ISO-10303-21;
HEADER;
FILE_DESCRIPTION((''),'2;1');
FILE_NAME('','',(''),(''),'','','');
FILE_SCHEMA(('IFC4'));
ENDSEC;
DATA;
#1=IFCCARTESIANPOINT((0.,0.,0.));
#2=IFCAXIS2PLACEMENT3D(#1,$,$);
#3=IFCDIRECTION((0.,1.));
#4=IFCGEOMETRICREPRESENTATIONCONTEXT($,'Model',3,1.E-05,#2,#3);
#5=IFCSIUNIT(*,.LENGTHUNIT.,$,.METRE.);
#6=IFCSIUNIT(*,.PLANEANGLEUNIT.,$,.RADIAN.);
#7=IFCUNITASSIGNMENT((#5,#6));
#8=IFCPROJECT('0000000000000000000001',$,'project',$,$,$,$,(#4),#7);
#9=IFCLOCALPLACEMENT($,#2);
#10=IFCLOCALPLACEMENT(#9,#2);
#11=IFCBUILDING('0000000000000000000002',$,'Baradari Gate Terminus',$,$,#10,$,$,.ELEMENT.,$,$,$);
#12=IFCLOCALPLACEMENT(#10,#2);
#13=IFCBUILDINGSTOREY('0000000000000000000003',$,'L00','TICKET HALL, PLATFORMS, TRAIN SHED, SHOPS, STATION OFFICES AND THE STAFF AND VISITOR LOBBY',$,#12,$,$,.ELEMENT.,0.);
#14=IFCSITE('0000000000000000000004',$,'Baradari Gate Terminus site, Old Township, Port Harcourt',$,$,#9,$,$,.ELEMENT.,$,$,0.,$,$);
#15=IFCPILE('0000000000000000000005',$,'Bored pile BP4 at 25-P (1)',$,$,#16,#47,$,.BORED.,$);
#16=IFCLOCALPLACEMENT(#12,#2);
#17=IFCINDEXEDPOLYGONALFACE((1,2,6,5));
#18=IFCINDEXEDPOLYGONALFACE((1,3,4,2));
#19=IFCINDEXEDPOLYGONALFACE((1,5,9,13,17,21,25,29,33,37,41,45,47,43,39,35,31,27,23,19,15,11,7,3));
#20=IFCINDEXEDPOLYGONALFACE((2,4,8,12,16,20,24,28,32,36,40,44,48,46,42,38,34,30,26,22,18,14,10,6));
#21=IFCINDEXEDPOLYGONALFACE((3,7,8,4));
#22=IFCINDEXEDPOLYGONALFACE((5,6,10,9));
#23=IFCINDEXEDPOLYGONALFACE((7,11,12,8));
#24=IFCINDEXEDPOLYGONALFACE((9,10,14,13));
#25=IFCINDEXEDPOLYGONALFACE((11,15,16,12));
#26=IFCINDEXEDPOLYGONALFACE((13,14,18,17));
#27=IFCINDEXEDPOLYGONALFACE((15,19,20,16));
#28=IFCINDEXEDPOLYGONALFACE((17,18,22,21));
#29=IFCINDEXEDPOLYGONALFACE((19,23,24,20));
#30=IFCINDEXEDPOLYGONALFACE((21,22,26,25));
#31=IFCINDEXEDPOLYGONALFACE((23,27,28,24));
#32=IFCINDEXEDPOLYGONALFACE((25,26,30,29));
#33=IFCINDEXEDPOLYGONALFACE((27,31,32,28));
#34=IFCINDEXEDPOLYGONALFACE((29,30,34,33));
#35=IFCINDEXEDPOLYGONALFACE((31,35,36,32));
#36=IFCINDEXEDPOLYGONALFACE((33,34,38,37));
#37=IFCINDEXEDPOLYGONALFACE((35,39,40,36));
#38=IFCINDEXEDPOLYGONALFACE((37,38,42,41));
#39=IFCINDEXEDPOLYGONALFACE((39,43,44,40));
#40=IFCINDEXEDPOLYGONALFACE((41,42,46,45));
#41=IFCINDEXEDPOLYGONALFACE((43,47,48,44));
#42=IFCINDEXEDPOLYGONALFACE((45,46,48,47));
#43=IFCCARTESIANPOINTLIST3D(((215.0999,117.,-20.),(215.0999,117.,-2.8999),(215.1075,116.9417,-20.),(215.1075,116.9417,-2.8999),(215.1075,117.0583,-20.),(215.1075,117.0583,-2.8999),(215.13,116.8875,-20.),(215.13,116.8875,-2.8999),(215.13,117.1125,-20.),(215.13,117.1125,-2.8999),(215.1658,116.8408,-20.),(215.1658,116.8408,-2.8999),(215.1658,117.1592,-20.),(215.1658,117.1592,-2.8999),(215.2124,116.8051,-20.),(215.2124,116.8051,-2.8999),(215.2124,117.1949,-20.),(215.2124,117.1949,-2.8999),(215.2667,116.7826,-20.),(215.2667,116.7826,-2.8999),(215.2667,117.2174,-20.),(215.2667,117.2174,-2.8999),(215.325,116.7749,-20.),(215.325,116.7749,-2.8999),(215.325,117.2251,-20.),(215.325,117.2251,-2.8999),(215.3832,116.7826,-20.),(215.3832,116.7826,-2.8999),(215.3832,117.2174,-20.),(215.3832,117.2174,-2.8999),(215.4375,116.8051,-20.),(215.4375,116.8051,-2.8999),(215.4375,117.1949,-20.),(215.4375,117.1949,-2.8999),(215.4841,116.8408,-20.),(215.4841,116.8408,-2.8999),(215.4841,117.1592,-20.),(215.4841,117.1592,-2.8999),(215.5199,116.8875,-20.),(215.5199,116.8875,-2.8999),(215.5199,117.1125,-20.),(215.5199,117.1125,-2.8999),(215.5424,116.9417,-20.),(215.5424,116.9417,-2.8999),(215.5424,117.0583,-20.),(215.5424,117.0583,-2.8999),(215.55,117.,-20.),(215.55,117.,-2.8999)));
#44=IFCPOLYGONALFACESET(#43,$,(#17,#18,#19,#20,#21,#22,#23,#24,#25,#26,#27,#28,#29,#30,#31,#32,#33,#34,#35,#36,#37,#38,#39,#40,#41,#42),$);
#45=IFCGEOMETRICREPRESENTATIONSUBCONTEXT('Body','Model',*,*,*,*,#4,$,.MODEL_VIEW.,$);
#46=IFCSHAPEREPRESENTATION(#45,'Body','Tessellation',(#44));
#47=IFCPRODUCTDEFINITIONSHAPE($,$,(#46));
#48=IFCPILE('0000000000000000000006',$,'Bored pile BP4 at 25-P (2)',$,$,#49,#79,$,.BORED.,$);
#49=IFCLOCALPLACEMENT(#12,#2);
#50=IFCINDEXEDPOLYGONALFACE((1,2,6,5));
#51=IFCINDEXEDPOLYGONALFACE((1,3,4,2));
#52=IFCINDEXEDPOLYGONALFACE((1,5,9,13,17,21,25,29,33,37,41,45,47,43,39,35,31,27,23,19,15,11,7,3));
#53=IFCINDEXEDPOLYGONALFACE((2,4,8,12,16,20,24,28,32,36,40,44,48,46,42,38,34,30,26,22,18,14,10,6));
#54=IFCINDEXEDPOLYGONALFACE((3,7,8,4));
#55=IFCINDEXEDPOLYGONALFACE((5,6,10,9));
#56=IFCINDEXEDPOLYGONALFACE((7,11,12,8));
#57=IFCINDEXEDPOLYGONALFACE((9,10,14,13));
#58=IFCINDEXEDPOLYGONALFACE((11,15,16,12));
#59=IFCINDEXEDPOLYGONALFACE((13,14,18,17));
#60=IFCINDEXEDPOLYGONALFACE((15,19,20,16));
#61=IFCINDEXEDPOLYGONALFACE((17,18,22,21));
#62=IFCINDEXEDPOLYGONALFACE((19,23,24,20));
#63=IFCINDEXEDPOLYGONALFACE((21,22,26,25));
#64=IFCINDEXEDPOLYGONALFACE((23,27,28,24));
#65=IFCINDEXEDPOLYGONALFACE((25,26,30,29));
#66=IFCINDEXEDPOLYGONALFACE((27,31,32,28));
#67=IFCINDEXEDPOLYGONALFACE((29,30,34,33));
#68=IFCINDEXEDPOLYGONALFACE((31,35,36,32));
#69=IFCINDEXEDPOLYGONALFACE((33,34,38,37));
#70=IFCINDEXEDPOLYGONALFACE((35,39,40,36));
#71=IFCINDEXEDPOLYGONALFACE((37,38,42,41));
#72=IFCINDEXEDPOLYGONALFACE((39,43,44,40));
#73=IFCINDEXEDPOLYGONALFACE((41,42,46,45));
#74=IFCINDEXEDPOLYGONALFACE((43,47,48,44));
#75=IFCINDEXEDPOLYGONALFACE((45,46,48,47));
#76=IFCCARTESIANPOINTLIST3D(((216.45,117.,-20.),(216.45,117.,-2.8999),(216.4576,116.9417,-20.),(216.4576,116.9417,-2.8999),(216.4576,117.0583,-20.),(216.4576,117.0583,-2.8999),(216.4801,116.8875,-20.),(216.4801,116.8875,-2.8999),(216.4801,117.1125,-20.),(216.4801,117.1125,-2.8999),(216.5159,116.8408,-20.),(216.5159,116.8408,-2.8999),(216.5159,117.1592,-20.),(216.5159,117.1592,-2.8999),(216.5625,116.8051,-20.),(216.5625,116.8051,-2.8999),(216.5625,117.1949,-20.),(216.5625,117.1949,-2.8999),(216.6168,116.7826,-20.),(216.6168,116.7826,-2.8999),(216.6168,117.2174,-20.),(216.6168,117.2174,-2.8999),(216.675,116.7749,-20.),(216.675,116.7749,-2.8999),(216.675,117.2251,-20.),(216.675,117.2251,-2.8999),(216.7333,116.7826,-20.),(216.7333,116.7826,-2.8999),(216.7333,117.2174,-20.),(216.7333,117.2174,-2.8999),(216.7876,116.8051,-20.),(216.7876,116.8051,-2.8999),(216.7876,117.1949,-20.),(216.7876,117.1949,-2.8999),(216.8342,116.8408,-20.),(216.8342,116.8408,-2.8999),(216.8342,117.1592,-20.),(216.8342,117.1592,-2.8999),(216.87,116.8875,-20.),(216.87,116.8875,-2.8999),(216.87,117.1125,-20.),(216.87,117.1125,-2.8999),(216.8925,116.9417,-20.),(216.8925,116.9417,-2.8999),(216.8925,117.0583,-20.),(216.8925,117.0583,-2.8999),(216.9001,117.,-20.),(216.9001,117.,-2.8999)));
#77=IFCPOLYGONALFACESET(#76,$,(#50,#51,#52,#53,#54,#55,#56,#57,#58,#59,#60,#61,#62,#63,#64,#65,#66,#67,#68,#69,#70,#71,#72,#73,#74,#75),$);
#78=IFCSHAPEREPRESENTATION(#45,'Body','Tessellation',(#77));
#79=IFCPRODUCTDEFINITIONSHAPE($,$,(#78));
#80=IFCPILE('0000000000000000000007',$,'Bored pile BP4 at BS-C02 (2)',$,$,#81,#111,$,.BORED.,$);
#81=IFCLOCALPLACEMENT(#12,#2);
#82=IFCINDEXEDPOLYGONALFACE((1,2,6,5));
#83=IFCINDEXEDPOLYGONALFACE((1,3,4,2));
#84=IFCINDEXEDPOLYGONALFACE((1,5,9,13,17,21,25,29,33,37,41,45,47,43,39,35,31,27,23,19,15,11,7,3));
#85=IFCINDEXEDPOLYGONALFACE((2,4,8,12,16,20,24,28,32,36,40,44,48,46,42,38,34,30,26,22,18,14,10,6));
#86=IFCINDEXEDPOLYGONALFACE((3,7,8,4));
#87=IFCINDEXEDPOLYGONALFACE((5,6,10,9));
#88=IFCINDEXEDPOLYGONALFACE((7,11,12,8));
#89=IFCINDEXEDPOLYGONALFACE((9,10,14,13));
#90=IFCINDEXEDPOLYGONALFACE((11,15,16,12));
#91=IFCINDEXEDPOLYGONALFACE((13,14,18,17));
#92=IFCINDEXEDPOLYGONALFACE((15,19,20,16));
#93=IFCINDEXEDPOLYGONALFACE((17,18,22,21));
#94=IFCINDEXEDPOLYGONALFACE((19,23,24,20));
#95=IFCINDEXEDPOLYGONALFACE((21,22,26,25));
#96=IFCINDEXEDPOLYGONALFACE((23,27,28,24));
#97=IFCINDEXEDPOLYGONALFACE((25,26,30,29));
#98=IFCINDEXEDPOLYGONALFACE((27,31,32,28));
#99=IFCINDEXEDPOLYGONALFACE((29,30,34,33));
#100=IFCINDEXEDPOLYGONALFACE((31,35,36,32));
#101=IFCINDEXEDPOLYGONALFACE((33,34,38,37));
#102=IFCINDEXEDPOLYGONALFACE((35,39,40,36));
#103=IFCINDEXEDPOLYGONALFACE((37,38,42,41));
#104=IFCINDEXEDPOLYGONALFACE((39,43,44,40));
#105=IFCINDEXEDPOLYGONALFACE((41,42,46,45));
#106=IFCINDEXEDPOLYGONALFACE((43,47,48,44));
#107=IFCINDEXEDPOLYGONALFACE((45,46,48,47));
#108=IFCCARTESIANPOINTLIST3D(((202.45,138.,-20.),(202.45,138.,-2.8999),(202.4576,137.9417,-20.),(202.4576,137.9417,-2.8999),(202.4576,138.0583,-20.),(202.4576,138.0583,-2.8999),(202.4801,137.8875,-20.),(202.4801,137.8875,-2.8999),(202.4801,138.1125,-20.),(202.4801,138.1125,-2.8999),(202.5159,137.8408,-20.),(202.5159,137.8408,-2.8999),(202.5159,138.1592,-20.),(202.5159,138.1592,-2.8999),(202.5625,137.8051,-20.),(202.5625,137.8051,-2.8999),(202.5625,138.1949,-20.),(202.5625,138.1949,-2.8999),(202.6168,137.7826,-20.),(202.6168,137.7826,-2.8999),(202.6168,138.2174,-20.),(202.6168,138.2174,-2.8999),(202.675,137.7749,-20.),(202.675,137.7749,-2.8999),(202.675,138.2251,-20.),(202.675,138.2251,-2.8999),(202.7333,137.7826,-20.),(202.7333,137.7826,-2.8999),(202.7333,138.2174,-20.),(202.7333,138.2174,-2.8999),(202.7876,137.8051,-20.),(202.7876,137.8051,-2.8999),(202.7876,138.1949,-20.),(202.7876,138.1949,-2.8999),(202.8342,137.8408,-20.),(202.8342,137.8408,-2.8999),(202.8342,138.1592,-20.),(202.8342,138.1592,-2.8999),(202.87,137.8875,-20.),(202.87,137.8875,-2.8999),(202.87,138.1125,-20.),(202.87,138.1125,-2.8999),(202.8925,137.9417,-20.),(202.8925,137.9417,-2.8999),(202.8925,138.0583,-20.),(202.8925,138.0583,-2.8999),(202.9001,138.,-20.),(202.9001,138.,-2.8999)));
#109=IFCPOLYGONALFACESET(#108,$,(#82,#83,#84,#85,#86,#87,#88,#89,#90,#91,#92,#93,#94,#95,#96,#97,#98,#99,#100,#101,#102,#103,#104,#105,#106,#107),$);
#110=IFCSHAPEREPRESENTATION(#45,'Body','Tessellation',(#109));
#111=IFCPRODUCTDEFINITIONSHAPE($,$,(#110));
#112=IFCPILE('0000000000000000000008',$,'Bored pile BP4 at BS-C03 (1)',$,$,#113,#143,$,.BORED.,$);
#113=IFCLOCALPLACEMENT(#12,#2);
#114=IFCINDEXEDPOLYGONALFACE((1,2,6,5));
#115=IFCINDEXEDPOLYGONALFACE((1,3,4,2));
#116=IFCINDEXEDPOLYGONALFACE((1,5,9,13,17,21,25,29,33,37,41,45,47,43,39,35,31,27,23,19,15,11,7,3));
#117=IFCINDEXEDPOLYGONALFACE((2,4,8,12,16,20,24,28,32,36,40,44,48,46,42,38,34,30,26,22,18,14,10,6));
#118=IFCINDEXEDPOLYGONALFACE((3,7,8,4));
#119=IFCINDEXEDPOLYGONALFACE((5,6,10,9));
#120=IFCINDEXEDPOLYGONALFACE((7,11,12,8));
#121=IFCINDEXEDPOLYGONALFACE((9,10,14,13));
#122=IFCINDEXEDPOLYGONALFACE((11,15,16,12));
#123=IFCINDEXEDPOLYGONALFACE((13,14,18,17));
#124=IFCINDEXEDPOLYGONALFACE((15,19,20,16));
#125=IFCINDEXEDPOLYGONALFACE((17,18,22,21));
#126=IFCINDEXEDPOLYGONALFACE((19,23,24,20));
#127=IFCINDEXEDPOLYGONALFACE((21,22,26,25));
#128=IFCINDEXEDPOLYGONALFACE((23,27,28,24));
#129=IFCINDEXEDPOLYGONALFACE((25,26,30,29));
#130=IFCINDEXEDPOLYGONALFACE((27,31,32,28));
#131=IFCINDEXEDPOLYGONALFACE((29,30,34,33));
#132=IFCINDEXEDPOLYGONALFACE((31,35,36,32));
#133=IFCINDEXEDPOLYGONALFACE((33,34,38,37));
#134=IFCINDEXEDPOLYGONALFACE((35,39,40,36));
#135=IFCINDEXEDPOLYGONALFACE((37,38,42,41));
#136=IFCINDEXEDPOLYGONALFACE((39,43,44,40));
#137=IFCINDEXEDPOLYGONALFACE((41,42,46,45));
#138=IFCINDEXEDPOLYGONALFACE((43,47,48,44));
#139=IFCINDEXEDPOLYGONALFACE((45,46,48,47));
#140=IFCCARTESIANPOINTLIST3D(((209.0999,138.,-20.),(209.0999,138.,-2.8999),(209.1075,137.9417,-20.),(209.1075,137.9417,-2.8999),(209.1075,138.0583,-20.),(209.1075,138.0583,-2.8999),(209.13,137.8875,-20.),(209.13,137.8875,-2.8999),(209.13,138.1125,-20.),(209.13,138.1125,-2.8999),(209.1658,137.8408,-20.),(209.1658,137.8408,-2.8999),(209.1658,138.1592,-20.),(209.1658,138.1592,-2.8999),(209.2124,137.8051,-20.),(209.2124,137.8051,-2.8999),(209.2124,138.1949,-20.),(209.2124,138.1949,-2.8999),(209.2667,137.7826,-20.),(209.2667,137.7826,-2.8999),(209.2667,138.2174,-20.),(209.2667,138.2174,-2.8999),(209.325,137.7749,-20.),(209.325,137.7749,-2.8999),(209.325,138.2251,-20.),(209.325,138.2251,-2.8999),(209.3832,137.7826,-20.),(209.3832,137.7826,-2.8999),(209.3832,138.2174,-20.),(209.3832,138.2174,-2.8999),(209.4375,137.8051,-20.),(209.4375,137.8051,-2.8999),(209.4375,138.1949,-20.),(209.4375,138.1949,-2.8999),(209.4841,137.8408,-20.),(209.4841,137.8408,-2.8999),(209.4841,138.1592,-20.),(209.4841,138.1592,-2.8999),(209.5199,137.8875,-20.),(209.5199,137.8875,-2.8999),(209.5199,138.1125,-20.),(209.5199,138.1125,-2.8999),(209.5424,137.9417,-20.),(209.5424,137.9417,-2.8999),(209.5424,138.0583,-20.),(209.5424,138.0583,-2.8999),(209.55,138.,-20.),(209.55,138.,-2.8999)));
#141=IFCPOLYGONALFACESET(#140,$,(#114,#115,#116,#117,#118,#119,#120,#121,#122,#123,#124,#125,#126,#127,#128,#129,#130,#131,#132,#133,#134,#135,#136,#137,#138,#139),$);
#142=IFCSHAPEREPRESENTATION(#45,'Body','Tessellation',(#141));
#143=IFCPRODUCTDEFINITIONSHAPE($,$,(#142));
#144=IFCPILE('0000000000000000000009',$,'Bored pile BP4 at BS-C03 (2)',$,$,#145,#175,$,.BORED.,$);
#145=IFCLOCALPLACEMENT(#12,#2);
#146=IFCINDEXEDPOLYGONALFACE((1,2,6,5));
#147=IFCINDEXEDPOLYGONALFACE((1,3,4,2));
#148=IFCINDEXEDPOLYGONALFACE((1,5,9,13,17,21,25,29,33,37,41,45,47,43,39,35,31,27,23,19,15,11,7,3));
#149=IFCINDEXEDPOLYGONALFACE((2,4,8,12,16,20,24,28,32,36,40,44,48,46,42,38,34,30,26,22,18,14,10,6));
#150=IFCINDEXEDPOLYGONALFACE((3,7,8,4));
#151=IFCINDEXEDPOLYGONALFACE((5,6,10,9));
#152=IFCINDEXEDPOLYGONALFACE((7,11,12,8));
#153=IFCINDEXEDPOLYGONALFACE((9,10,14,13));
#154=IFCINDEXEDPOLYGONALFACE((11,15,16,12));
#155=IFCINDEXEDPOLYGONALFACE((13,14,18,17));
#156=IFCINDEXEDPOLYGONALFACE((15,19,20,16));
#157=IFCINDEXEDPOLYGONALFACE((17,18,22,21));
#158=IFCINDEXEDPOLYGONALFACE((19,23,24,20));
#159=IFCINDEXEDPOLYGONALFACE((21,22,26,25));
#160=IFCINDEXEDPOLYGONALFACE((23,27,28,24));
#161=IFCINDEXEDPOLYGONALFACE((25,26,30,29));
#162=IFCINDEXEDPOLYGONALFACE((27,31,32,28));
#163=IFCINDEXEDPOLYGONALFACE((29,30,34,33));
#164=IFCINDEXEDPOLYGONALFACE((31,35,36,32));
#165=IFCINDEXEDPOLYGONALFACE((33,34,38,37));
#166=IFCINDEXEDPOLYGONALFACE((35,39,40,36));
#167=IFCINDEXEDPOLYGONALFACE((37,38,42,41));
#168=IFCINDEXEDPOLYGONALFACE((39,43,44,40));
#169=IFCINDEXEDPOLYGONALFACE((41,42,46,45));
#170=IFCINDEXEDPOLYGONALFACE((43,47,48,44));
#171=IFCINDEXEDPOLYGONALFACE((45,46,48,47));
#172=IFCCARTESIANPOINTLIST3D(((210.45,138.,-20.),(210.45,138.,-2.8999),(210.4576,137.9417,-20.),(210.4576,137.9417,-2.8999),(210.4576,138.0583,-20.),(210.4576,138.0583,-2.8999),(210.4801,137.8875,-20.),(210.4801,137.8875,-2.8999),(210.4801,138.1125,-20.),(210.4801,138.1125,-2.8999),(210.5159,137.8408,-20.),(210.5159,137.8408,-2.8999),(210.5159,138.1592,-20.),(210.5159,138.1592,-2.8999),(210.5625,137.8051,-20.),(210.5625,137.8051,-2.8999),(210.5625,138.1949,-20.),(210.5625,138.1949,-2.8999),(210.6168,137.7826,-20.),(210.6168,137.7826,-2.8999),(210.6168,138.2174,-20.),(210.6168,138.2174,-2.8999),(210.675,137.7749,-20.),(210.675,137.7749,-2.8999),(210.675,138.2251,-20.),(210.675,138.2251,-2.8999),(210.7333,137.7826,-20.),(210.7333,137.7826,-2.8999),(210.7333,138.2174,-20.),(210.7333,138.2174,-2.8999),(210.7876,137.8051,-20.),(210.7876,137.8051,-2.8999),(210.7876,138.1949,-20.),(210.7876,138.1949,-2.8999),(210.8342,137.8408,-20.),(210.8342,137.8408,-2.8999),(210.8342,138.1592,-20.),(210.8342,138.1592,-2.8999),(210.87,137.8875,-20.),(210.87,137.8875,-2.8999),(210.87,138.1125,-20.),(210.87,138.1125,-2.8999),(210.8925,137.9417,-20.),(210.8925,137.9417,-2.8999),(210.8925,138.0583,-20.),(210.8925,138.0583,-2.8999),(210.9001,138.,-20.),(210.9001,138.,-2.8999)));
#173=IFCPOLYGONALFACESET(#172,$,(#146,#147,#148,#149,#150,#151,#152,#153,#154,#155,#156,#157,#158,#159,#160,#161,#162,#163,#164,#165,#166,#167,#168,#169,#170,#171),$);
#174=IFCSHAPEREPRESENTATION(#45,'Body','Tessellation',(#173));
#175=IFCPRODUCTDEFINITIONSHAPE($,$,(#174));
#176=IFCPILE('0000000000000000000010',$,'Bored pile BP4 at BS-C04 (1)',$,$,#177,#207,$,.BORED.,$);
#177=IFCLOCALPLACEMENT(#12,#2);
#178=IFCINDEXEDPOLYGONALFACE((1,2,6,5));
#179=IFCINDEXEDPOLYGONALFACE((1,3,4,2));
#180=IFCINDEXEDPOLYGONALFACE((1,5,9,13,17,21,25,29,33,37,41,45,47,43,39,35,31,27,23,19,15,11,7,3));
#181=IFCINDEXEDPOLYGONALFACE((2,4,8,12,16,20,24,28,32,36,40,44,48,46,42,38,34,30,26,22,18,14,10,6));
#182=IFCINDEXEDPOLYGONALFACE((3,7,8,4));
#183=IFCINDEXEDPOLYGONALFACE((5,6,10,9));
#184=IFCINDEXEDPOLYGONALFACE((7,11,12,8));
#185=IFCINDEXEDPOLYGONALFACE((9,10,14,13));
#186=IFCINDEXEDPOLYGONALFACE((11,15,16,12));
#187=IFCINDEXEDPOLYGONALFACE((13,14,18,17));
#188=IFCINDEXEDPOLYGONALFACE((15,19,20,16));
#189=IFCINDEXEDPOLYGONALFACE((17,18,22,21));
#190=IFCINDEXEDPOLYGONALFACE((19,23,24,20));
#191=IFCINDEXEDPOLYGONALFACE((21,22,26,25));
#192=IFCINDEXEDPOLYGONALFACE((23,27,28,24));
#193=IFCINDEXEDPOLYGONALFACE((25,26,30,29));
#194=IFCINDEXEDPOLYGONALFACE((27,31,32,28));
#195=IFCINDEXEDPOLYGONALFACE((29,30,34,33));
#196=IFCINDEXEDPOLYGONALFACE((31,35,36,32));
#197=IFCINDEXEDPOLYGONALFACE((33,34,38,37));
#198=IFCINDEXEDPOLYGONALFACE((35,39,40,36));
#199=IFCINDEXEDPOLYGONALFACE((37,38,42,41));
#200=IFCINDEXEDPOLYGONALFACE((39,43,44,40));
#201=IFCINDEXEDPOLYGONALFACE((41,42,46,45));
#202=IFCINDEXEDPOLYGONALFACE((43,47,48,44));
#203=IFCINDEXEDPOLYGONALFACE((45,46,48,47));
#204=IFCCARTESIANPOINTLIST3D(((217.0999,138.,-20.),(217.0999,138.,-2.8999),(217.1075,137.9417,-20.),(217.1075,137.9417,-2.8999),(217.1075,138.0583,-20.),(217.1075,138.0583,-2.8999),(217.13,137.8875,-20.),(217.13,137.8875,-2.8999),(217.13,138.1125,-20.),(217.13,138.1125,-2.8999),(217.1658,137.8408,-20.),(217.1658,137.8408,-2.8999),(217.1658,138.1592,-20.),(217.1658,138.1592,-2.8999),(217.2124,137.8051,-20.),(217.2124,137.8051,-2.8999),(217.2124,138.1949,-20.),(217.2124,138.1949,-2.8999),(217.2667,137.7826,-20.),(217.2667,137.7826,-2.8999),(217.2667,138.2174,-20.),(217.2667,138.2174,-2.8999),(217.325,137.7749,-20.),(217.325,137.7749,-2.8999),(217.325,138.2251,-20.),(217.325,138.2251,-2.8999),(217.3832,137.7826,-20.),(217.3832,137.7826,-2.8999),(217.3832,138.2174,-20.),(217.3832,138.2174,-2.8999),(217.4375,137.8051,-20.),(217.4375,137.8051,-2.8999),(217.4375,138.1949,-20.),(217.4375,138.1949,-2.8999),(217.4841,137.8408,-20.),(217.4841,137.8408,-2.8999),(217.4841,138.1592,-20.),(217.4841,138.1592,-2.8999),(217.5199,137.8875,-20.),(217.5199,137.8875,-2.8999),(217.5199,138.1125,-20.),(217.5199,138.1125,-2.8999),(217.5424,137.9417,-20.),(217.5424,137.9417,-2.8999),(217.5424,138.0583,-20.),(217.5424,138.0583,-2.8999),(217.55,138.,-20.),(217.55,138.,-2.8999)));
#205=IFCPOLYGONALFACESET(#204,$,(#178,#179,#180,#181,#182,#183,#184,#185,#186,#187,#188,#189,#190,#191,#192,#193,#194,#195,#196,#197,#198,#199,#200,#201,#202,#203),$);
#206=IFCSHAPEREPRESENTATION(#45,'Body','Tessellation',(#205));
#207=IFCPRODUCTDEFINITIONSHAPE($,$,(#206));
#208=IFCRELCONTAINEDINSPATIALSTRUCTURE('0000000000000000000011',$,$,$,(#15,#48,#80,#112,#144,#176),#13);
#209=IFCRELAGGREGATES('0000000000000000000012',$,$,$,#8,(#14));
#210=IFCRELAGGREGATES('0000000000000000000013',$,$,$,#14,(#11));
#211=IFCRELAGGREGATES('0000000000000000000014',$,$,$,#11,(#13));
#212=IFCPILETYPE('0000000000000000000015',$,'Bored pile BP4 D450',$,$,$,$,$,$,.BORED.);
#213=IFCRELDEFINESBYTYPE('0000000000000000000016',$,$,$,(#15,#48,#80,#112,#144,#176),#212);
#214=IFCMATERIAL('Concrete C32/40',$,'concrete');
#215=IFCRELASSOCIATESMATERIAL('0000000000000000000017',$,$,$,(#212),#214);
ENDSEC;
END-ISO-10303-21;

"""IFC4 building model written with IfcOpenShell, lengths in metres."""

from ifc_helpers import new_model, si_unit, direction, frame, origin, origin_2d, place, context, subcontext, project, spatial, circle, extrude, material, type_object, element, save


model = new_model("IFC4")

# Units and contexts
model_context = context("Model", 3, precision=1e-05, world=origin(), true_north=direction((0.0, 1.0)))
body_context = subcontext(model_context, "Body", "Model", "MODEL_VIEW")
ifc_project = project(units=[si_unit("LENGTHUNIT", "METRE"), si_unit("PLANEANGLEUNIT", "RADIAN")], contexts=[model_context])

# Site, building, storey
site_placement = place(None, origin())
site = spatial("IfcSite", under=ifc_project, at=site_placement, Name="Baradari Gate Terminus site, Old Township, Port Harcourt", CompositionType="ELEMENT", RefElevation=0.0)
building_placement = place(site_placement, origin())
building = spatial("IfcBuilding", under=site, at=building_placement, Name="Baradari Gate Terminus", CompositionType="ELEMENT")
storey_placement = place(building_placement, origin())
storey = spatial("IfcBuildingStorey", under=building, at=storey_placement, Name="L00", Description="TICKET HALL, PLATFORMS, TRAIN SHED, SHOPS, STATION OFFICES AND THE STAFF AND VISITOR LOBBY", CompositionType="ELEMENT", Elevation=0.0)

# Piles
ifc_material_1 = material(Name="Concrete C32/40", Category="concrete")
pile_type = type_object("IfcPileType", Name="Bored pile BP4 D450", PredefinedType="BORED", material=ifc_material_1)
for number, where, z_axis, x_axis, name in (
    (1, (215.325, 117.0, -2.8999), (0.0, 0.0, -1.0), (1.0, 0.0, 0.0), "Bored pile BP4 at 25-P (1)"),
    (2, (216.675, 117.0, -2.8999), (0.0, 0.0, -1.0), (1.0, 0.0, 0.0), "Bored pile BP4 at 25-P (2)"),
    (3, (202.675, 138.0, -2.8999), (0.0, 0.0, -1.0), (1.0, 0.0, 0.0), "Bored pile BP4 at BS-C02 (2)"),
    (4, (209.325, 138.0, -2.8999), (0.0, 0.0, -1.0), (1.0, 0.0, 0.0), "Bored pile BP4 at BS-C03 (1)"),
    (5, (210.675, 138.0, -2.8999), (0.0, 0.0, -1.0), (1.0, 0.0, 0.0), "Bored pile BP4 at BS-C03 (2)"),
    (6, (217.325, 138.0, -2.8999), (0.0, 0.0, -1.0), (1.0, 0.0, 0.0), "Bored pile BP4 at BS-C04 (1)"),
):
    element("IfcPile", number, at=place(storey_placement, frame(where, z_axis=z_axis, x_axis=x_axis)), inside=storey, type_object=pile_type, Name=name, PredefinedType="BORED", context=body_context, shape_type="SweptSolid", body=[
        extrude(circle(Radius=0.2251, at=origin_2d()), origin(), (0.0, 0.0, 1.0), 17.1001),
    ])

save(model, "model.ifc")
